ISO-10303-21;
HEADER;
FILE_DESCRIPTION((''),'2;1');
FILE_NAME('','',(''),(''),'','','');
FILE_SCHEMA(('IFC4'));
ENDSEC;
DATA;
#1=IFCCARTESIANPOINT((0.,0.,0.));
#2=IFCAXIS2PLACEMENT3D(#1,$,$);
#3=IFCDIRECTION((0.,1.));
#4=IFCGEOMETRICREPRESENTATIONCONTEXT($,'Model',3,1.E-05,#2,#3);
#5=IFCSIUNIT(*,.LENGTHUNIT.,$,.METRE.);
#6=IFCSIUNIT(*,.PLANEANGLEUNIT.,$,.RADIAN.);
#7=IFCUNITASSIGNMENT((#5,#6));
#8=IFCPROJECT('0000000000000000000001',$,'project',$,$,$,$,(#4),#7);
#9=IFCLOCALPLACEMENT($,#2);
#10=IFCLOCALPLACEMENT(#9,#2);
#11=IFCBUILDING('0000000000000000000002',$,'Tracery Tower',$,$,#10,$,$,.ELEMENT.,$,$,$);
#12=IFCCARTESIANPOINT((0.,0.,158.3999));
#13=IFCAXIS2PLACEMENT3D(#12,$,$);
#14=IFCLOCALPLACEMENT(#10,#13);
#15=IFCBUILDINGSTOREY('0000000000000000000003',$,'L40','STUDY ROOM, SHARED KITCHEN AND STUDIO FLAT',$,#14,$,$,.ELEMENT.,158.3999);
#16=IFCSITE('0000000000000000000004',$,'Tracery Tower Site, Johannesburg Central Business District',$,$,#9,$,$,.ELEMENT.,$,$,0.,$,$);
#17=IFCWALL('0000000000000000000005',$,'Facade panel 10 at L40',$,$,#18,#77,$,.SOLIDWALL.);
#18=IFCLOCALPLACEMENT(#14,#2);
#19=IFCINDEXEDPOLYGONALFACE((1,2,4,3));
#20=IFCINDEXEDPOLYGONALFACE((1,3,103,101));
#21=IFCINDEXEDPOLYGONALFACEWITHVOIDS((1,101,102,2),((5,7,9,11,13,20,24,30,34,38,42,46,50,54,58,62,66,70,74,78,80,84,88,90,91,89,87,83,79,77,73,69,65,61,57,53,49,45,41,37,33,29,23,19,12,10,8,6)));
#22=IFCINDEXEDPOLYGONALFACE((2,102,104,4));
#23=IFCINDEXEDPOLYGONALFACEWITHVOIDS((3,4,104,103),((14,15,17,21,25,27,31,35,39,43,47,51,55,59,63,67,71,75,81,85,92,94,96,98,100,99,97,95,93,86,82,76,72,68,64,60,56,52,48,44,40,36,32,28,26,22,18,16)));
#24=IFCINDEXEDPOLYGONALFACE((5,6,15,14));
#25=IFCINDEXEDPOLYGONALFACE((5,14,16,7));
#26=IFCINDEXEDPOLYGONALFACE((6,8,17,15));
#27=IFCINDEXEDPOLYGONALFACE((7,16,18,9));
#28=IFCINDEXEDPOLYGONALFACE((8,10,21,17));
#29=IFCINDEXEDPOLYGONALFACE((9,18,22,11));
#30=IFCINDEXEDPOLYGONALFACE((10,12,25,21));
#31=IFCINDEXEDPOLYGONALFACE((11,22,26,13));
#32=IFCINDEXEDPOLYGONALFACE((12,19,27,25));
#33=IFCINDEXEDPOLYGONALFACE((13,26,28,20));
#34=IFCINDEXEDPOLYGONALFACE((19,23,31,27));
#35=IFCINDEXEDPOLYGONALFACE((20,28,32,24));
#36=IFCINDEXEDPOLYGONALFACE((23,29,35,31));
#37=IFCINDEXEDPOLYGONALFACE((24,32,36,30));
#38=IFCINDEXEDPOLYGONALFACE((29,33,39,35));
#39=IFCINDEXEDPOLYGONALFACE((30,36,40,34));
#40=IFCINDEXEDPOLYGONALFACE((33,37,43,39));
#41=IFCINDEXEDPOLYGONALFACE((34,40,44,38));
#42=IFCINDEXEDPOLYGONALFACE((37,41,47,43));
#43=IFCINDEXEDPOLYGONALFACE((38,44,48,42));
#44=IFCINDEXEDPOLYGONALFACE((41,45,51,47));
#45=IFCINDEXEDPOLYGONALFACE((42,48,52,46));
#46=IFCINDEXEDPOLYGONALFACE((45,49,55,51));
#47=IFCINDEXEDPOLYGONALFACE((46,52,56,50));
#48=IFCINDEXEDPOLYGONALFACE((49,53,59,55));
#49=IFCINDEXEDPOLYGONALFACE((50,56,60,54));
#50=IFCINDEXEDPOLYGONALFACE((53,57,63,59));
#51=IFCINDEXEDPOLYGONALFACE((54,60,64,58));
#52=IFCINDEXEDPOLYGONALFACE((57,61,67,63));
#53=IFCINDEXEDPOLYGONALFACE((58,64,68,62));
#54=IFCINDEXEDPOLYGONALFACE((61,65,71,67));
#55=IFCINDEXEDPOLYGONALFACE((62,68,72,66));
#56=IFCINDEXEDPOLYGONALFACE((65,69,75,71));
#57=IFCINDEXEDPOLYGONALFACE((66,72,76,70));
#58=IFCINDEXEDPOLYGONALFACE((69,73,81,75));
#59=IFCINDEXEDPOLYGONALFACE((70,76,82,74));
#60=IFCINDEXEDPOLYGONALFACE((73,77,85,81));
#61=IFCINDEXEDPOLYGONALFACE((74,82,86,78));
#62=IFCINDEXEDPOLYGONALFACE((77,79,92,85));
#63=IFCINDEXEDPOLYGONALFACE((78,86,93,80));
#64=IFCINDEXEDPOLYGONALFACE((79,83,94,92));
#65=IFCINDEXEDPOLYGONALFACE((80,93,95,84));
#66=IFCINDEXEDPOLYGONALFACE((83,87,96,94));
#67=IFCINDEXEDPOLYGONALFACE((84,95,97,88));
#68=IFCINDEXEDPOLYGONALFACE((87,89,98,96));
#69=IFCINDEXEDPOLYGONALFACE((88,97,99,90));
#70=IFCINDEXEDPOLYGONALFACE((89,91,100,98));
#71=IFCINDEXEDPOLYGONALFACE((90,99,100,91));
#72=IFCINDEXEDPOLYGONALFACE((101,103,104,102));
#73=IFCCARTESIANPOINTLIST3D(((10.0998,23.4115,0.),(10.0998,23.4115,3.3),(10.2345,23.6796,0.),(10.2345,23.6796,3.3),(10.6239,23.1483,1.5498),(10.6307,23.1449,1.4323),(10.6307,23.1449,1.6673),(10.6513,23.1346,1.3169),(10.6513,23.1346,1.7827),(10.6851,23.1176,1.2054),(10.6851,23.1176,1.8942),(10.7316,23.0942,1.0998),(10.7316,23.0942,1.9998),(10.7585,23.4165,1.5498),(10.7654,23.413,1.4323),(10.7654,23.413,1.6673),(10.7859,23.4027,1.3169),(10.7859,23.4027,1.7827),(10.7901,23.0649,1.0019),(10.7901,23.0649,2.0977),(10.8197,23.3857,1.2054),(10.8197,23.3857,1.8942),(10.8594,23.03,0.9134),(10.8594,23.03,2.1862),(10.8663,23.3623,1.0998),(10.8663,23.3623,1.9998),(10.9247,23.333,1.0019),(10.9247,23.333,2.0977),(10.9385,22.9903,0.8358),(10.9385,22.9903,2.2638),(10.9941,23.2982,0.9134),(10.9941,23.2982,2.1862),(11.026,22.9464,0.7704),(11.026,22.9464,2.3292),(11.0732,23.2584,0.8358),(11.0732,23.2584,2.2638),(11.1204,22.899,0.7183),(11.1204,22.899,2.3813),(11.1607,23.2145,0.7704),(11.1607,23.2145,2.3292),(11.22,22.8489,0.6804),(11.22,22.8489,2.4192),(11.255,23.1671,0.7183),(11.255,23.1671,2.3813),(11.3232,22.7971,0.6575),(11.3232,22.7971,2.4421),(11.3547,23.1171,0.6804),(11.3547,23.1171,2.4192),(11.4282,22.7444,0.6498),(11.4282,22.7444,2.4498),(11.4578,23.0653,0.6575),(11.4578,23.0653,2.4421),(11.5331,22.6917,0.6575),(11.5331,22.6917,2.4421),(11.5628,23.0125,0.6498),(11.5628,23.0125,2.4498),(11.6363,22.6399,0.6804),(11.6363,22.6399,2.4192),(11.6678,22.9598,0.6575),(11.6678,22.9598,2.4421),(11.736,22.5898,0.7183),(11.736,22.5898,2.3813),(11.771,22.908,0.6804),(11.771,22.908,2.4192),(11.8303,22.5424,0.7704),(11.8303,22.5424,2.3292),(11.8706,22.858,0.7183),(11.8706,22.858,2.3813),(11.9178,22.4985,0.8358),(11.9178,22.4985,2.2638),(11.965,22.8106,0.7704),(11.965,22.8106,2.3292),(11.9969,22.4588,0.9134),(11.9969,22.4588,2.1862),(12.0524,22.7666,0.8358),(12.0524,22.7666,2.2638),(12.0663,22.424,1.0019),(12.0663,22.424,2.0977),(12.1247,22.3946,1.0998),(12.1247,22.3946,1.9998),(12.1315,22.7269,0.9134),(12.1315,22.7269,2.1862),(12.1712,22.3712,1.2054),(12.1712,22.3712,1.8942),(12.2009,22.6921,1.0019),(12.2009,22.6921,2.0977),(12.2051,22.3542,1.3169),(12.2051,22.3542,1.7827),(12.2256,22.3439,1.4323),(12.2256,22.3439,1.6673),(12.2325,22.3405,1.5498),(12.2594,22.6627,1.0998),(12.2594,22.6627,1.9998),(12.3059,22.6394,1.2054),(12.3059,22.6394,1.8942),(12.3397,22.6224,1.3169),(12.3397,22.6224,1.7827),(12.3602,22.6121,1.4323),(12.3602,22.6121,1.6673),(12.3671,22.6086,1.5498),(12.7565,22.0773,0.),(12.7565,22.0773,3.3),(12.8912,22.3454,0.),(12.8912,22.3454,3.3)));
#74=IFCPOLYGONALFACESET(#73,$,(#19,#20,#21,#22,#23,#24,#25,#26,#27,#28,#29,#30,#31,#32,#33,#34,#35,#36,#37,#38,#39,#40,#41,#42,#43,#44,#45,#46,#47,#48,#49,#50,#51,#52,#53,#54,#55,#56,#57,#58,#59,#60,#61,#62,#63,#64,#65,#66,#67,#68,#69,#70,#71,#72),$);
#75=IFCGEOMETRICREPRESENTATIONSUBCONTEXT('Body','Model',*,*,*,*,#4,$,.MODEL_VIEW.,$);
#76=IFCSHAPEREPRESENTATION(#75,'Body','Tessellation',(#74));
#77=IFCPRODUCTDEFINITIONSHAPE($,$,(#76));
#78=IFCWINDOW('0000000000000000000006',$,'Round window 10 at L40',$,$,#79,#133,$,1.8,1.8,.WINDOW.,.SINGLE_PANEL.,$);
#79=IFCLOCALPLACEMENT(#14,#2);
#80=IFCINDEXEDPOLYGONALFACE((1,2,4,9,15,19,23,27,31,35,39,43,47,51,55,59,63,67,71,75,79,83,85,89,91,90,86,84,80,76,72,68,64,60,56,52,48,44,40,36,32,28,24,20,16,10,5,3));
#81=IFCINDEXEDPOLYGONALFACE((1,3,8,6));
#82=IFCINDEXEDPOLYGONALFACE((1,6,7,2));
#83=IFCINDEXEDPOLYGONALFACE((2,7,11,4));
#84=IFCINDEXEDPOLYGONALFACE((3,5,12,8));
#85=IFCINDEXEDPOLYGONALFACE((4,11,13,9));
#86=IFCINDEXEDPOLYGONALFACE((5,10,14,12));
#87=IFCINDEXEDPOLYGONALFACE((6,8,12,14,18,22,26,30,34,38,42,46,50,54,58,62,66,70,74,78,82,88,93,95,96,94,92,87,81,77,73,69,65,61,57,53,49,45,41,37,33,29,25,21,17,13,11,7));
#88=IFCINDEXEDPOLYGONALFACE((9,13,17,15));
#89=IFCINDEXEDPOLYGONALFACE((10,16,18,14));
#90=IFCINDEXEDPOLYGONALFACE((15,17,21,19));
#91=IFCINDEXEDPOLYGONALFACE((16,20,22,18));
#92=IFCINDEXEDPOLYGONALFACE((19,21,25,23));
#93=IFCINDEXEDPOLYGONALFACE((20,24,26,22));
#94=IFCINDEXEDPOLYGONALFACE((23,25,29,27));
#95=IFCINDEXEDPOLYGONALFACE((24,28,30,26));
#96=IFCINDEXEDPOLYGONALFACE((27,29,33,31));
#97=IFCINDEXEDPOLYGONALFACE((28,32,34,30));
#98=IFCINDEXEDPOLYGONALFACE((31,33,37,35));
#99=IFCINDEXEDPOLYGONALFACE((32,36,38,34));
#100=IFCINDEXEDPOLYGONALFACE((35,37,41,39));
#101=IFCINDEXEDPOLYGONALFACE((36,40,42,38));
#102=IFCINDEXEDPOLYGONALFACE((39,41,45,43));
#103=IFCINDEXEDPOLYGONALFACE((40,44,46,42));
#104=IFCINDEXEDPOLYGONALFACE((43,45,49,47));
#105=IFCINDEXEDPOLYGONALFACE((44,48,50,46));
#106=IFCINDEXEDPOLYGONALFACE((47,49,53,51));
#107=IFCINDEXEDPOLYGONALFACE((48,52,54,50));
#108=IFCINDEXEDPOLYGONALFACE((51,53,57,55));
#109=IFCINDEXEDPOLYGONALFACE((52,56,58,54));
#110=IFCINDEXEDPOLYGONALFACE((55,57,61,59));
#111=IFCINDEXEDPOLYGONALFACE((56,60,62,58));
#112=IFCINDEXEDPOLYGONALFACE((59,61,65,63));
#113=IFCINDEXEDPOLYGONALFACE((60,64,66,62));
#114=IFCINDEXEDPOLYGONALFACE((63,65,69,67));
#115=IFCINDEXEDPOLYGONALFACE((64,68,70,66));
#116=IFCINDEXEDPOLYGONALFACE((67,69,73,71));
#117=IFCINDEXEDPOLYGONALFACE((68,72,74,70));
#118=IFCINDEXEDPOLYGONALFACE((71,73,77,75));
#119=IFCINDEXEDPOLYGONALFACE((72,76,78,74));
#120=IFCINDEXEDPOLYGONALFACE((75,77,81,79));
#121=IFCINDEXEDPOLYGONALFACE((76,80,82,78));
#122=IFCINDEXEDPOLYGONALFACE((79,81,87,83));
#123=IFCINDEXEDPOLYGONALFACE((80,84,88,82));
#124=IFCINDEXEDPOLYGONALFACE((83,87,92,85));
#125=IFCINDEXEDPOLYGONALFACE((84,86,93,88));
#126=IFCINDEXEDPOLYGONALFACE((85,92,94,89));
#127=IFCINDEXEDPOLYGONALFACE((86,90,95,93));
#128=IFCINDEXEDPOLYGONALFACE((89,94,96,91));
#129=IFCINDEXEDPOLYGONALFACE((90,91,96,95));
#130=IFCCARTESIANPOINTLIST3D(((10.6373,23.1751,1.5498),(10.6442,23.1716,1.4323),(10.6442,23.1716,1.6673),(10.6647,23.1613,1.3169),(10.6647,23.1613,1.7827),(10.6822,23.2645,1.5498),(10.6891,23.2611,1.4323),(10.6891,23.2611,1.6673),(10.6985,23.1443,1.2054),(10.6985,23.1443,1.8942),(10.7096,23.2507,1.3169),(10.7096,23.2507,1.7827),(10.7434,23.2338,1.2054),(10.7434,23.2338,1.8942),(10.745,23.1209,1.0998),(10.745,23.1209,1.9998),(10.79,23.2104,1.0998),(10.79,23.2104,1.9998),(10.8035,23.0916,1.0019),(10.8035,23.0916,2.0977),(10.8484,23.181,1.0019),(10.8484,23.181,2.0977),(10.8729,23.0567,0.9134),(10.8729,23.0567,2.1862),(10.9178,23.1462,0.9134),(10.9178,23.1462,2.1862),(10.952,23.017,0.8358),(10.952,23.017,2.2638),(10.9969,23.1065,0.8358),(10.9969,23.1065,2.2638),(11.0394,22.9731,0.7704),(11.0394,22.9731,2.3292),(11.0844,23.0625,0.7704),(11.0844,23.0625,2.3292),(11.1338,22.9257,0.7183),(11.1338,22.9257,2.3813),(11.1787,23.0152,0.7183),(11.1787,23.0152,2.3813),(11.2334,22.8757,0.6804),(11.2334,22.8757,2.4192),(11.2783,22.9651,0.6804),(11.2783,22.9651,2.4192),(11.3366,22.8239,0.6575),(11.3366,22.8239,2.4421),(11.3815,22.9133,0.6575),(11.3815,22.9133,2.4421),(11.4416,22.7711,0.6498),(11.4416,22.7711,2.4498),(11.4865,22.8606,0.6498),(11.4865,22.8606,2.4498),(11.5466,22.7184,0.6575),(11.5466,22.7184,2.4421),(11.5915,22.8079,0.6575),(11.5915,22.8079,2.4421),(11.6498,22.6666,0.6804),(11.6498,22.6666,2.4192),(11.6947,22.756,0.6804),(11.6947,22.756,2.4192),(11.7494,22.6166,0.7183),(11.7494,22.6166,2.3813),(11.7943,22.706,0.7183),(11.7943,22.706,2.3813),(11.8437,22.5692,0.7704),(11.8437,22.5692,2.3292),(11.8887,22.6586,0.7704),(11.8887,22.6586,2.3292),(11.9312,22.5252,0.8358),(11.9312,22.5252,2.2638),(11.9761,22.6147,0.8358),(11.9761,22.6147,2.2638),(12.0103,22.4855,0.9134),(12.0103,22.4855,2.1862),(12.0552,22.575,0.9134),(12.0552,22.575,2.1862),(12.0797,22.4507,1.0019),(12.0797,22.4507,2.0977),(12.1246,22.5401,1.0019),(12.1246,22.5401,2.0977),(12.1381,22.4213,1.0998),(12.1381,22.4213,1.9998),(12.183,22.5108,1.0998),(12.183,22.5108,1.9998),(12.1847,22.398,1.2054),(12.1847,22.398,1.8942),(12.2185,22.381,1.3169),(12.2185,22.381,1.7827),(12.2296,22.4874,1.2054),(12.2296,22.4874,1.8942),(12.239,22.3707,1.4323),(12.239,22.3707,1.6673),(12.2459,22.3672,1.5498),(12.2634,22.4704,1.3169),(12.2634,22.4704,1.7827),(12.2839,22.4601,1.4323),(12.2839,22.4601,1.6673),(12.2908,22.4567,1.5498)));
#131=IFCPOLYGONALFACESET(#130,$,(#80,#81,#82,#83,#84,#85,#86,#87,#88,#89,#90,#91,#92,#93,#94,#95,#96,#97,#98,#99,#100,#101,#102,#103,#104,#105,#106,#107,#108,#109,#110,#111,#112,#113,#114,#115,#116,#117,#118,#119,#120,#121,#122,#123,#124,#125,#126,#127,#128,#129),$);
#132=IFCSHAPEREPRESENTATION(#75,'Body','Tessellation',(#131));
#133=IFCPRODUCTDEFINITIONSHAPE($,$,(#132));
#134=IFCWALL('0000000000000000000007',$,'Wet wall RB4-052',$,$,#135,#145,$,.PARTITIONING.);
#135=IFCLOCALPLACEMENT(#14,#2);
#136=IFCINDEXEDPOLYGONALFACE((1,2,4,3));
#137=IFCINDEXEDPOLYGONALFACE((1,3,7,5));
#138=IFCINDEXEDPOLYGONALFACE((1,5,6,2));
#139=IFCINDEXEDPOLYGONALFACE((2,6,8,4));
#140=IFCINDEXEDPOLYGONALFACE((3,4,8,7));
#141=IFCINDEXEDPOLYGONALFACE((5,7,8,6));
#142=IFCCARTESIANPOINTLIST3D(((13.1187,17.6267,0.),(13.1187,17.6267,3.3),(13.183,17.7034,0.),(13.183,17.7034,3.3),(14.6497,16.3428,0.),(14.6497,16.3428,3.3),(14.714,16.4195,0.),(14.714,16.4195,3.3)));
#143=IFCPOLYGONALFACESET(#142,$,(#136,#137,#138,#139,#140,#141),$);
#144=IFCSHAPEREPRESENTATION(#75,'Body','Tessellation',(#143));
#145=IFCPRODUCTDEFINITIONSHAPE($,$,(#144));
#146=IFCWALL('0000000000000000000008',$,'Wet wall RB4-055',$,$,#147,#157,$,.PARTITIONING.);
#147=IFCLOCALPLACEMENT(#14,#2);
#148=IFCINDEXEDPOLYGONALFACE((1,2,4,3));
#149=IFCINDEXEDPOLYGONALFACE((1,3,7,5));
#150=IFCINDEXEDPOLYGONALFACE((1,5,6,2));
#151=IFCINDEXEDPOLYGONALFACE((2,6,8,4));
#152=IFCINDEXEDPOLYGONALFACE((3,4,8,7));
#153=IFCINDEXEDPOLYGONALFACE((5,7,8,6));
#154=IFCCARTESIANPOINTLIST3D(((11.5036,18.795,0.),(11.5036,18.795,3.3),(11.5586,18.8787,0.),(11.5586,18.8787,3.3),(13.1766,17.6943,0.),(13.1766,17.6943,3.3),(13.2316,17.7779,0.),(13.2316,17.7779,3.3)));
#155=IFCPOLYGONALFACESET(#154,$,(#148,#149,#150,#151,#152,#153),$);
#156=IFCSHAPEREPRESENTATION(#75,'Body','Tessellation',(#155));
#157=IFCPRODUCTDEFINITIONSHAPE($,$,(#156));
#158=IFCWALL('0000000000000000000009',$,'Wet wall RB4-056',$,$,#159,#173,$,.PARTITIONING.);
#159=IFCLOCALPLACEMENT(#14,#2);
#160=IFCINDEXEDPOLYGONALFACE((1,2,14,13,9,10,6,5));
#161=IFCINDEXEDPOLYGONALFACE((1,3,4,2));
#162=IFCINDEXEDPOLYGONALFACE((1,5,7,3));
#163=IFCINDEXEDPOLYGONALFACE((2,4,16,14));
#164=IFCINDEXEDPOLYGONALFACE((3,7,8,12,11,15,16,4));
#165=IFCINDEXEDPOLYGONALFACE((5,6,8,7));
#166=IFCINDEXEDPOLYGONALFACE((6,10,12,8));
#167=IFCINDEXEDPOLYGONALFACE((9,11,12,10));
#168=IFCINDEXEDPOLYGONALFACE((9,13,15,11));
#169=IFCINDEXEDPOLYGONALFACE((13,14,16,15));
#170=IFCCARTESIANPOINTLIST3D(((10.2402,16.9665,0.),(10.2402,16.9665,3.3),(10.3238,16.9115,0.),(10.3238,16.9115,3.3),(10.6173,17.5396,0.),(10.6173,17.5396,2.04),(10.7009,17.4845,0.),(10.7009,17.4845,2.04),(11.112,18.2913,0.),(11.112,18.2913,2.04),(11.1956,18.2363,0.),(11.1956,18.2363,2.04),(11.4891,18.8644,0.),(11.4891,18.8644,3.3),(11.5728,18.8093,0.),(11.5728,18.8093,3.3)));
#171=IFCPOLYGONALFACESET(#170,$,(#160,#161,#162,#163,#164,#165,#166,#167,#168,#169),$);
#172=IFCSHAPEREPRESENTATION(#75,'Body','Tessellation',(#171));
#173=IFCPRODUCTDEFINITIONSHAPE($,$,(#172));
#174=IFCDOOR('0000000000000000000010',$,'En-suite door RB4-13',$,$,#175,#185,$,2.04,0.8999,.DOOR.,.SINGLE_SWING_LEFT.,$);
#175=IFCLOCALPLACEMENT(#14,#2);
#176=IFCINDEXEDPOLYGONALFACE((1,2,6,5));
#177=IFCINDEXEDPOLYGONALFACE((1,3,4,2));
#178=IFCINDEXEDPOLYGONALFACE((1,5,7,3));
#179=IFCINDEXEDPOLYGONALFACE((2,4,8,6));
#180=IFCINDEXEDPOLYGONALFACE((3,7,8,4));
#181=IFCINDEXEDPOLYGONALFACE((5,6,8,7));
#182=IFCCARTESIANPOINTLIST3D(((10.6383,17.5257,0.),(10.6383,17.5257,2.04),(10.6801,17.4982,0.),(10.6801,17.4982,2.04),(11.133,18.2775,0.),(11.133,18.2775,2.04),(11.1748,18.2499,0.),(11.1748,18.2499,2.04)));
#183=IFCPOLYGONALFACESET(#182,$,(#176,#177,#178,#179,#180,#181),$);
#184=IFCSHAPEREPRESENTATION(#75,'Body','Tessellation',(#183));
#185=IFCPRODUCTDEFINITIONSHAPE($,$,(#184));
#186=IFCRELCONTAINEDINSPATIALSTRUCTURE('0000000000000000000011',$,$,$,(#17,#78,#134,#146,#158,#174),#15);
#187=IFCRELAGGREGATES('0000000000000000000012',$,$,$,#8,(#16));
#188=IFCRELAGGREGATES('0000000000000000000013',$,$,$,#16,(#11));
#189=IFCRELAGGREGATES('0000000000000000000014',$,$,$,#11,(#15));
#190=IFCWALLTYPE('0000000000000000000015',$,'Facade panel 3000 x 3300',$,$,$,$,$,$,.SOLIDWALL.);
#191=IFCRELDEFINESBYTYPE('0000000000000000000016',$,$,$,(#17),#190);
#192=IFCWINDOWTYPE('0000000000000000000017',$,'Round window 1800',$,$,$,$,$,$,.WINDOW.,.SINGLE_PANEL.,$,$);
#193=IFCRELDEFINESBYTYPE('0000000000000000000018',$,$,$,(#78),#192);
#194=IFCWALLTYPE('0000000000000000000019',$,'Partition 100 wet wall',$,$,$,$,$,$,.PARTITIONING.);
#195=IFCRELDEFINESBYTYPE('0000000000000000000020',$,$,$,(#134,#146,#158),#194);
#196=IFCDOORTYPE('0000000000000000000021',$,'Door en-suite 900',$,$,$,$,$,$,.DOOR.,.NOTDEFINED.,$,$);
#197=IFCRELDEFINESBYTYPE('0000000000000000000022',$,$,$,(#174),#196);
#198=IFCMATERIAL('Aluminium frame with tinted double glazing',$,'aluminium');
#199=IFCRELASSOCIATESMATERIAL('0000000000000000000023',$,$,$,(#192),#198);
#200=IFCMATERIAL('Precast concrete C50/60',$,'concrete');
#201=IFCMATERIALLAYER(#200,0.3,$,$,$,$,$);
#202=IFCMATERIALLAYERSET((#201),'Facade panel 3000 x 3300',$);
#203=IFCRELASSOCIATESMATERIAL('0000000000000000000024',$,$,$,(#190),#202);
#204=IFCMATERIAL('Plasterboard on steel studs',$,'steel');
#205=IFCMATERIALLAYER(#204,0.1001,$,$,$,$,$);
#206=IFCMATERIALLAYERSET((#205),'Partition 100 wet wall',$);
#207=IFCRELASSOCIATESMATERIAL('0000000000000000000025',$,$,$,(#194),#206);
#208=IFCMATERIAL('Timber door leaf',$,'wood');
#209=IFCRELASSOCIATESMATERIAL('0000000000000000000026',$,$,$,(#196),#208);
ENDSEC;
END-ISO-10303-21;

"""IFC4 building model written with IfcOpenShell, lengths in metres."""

from ifc_helpers import new_model, si_unit, direction, frame, frame_2d, origin, origin_2d, place, context, subcontext, project, spatial, rectangle, circle, extrude, material, layer, layer_set, type_object, element, fill, save


model = new_model("IFC4")

# Units and contexts
model_context = context("Model", 3, precision=1e-05, world=origin(), true_north=direction((0.0, 1.0)))
body_context = subcontext(model_context, "Body", "Model", "MODEL_VIEW")
ifc_project = project(units=[si_unit("LENGTHUNIT", "METRE"), si_unit("PLANEANGLEUNIT", "RADIAN")], contexts=[model_context])

# Site, building, storey
site_placement = place(None, origin())
site = spatial("IfcSite", under=ifc_project, at=site_placement, Name="Tracery Tower Site, Johannesburg Central Business District", CompositionType="ELEMENT", RefElevation=0.0)
building_placement = place(site_placement, origin())
building = spatial("IfcBuilding", under=site, at=building_placement, Name="Tracery Tower", CompositionType="ELEMENT")
storey_placement = place(building_placement, frame((0.0, 0.0, 158.3999)))
storey = spatial("IfcBuildingStorey", under=building, at=storey_placement, Name="L40", Description="STUDY ROOM, SHARED KITCHEN AND STUDIO FLAT", CompositionType="ELEMENT", Elevation=158.3999)

# Wall, opening, window
ifc_material_1 = material(Name="Aluminium frame with tinted double glazing", Category="aluminium")
window_type = type_object("IfcWindowType", Name="Round window 1800", PartitioningType="SINGLE_PANEL", PredefinedType="WINDOW", material=ifc_material_1)
ifc_material_2 = material(Name="Precast concrete C50/60", Category="concrete")
ifc_layer_1 = layer(ifc_material_2, 0.3)
ifc_layer_set_1 = layer_set([ifc_layer_1], Name="Facade panel 3000 x 3300")
wall_type_1 = type_object("IfcWallType", Name="Facade panel 3000 x 3300", PredefinedType="SOLIDWALL", material=ifc_layer_set_1)
wall_1_placement = place(storey_placement, frame((12.8237, 22.2114, 0.0), z_axis=(0.0, 0.0, 1.0), x_axis=(-0.893637, 0.44879, 0.0)))
wall_1 = element("IfcWall", 1, at=wall_1_placement, inside=storey, type_object=wall_type_1, Name="Facade panel 10 at L40", PredefinedType="SOLIDWALL", context=body_context, shape_type="SweptSolid", body=[
    extrude(rectangle(XDim=2.9729, YDim=0.3, at=frame_2d((1.4863, 0.0))), origin(), (0.0, 0.0, 1.0), 3.3),
])
opening_1_placement = place(wall_1_placement, frame((1.4863, 0.0, 1.5498)))
opening_1 = element("IfcOpeningElement", 2, at=opening_1_placement, cuts=wall_1, PredefinedType="OPENING", context=body_context, shape_type="SweptSolid", body=[
    extrude(circle(Radius=0.9, at=origin_2d()), frame((0.0, 0.1599, 0.0), z_axis=(0.0, -1.0, 0.0), x_axis=(1.0, 0.0, 0.0)), (0.0, 0.0, 1.0), 0.3201),
])
window_1_placement = place(opening_1_placement, origin())
window_1 = element("IfcWindow", 3, at=window_1_placement, inside=storey, type_object=window_type, Name="Round window 10 at L40", OverallHeight=1.8, OverallWidth=1.8, PartitioningType="SINGLE_PANEL", PredefinedType="WINDOW", context=body_context, shape_type="SweptSolid", body=[
    extrude(circle(Radius=0.9, at=origin_2d()), frame((0.0, 0.1201, 0.0), z_axis=(0.0, -1.0, 0.0), x_axis=(1.0, 0.0, 0.0)), (0.0, 0.0, 1.0), 0.1001),
])
fill(opening_1, window_1)

# Walls
ifc_material_3 = material(Name="Plasterboard on steel studs", Category="steel")
ifc_layer_2 = layer(ifc_material_3, 0.1001)
ifc_layer_set_2 = layer_set([ifc_layer_2], Name="Partition 100 wet wall")
wall_type_2 = type_object("IfcWallType", Name="Partition 100 wet wall", PredefinedType="PARTITIONING", material=ifc_layer_set_2)
wall_2_placement = place(storey_placement, frame((13.1509, 17.665, 0.0), z_axis=(0.0, 0.0, 1.0), x_axis=(0.766225, -0.642573, 0.0)))
element("IfcWall", 4, at=wall_2_placement, inside=storey, type_object=wall_type_2, Name="Wet wall RB4-052", PredefinedType="PARTITIONING", context=body_context, shape_type="SweptSolid", body=[
    extrude(rectangle(XDim=1.998, YDim=0.1001, at=frame_2d((0.999, 0.0))), origin(), (0.0, 0.0, 1.0), 3.3),
])
wall_3_placement = place(storey_placement, frame((11.531, 18.8369, 0.0), z_axis=(0.0, 0.0, 1.0), x_axis=(0.835392, -0.549655, 0.0)))
element("IfcWall", 5, at=wall_3_placement, inside=storey, type_object=wall_type_2, Name="Wet wall RB4-055", PredefinedType="PARTITIONING", context=body_context, shape_type="SweptSolid", body=[
    extrude(rectangle(XDim=2.0027, YDim=0.1001, at=frame_2d((1.0015, 0.0))), origin(), (0.0, 0.0, 1.0), 3.3),
])

# Wall, opening, door
wall_4_placement = place(storey_placement, frame((10.282, 16.939, 0.0), z_axis=(0.0, 0.0, 1.0), x_axis=(0.549731, 0.835342, 0.0)))
wall_4 = element("IfcWall", 6, at=wall_4_placement, inside=storey, type_object=wall_type_2, Name="Wet wall RB4-056", PredefinedType="PARTITIONING", context=body_context, shape_type="SweptSolid", body=[
    extrude(rectangle(XDim=2.272, YDim=0.1001, at=frame_2d((1.136, 0.0))), origin(), (0.0, 0.0, 1.0), 3.3),
])
opening_2_placement = place(wall_4_placement, frame((0.686, 0.0, 0.0)))
opening_2 = element("IfcOpeningElement", 7, at=opening_2_placement, cuts=wall_4, PredefinedType="OPENING", context=body_context, shape_type="SweptSolid", body=[
    extrude(rectangle(XDim=0.8999, YDim=2.04, at=frame_2d((0.45, 1.02))), frame((0.0, 0.05, 0.0), z_axis=(0.0, -1.0, 0.0), x_axis=(1.0, 0.0, 0.0)), (0.0, 0.0, 1.0), 0.1001),
])
ifc_material_4 = material(Name="Timber door leaf", Category="wood")
door_type_1 = type_object("IfcDoorType", Name="Door en-suite 900", OperationType="NOTDEFINED", PredefinedType="DOOR", material=ifc_material_4)
door_1_placement = place(opening_2_placement, origin())
door_1 = element("IfcDoor", 8, at=door_1_placement, inside=storey, type_object=door_type_1, Name="En-suite door RB4-13", OperationType="SINGLE_SWING_LEFT", OverallHeight=2.04, OverallWidth=0.8999, PredefinedType="DOOR", context=body_context, shape_type="SweptSolid", body=[
    extrude(rectangle(XDim=0.8999, YDim=2.04, at=frame_2d((0.45, 1.02))), frame((0.0, 0.0249, 0.0), z_axis=(0.0, -1.0, 0.0), x_axis=(1.0, 0.0, 0.0)), (0.0, 0.0, 1.0), 0.05),
])
fill(opening_2, door_1)

save(model, "model.ifc")
